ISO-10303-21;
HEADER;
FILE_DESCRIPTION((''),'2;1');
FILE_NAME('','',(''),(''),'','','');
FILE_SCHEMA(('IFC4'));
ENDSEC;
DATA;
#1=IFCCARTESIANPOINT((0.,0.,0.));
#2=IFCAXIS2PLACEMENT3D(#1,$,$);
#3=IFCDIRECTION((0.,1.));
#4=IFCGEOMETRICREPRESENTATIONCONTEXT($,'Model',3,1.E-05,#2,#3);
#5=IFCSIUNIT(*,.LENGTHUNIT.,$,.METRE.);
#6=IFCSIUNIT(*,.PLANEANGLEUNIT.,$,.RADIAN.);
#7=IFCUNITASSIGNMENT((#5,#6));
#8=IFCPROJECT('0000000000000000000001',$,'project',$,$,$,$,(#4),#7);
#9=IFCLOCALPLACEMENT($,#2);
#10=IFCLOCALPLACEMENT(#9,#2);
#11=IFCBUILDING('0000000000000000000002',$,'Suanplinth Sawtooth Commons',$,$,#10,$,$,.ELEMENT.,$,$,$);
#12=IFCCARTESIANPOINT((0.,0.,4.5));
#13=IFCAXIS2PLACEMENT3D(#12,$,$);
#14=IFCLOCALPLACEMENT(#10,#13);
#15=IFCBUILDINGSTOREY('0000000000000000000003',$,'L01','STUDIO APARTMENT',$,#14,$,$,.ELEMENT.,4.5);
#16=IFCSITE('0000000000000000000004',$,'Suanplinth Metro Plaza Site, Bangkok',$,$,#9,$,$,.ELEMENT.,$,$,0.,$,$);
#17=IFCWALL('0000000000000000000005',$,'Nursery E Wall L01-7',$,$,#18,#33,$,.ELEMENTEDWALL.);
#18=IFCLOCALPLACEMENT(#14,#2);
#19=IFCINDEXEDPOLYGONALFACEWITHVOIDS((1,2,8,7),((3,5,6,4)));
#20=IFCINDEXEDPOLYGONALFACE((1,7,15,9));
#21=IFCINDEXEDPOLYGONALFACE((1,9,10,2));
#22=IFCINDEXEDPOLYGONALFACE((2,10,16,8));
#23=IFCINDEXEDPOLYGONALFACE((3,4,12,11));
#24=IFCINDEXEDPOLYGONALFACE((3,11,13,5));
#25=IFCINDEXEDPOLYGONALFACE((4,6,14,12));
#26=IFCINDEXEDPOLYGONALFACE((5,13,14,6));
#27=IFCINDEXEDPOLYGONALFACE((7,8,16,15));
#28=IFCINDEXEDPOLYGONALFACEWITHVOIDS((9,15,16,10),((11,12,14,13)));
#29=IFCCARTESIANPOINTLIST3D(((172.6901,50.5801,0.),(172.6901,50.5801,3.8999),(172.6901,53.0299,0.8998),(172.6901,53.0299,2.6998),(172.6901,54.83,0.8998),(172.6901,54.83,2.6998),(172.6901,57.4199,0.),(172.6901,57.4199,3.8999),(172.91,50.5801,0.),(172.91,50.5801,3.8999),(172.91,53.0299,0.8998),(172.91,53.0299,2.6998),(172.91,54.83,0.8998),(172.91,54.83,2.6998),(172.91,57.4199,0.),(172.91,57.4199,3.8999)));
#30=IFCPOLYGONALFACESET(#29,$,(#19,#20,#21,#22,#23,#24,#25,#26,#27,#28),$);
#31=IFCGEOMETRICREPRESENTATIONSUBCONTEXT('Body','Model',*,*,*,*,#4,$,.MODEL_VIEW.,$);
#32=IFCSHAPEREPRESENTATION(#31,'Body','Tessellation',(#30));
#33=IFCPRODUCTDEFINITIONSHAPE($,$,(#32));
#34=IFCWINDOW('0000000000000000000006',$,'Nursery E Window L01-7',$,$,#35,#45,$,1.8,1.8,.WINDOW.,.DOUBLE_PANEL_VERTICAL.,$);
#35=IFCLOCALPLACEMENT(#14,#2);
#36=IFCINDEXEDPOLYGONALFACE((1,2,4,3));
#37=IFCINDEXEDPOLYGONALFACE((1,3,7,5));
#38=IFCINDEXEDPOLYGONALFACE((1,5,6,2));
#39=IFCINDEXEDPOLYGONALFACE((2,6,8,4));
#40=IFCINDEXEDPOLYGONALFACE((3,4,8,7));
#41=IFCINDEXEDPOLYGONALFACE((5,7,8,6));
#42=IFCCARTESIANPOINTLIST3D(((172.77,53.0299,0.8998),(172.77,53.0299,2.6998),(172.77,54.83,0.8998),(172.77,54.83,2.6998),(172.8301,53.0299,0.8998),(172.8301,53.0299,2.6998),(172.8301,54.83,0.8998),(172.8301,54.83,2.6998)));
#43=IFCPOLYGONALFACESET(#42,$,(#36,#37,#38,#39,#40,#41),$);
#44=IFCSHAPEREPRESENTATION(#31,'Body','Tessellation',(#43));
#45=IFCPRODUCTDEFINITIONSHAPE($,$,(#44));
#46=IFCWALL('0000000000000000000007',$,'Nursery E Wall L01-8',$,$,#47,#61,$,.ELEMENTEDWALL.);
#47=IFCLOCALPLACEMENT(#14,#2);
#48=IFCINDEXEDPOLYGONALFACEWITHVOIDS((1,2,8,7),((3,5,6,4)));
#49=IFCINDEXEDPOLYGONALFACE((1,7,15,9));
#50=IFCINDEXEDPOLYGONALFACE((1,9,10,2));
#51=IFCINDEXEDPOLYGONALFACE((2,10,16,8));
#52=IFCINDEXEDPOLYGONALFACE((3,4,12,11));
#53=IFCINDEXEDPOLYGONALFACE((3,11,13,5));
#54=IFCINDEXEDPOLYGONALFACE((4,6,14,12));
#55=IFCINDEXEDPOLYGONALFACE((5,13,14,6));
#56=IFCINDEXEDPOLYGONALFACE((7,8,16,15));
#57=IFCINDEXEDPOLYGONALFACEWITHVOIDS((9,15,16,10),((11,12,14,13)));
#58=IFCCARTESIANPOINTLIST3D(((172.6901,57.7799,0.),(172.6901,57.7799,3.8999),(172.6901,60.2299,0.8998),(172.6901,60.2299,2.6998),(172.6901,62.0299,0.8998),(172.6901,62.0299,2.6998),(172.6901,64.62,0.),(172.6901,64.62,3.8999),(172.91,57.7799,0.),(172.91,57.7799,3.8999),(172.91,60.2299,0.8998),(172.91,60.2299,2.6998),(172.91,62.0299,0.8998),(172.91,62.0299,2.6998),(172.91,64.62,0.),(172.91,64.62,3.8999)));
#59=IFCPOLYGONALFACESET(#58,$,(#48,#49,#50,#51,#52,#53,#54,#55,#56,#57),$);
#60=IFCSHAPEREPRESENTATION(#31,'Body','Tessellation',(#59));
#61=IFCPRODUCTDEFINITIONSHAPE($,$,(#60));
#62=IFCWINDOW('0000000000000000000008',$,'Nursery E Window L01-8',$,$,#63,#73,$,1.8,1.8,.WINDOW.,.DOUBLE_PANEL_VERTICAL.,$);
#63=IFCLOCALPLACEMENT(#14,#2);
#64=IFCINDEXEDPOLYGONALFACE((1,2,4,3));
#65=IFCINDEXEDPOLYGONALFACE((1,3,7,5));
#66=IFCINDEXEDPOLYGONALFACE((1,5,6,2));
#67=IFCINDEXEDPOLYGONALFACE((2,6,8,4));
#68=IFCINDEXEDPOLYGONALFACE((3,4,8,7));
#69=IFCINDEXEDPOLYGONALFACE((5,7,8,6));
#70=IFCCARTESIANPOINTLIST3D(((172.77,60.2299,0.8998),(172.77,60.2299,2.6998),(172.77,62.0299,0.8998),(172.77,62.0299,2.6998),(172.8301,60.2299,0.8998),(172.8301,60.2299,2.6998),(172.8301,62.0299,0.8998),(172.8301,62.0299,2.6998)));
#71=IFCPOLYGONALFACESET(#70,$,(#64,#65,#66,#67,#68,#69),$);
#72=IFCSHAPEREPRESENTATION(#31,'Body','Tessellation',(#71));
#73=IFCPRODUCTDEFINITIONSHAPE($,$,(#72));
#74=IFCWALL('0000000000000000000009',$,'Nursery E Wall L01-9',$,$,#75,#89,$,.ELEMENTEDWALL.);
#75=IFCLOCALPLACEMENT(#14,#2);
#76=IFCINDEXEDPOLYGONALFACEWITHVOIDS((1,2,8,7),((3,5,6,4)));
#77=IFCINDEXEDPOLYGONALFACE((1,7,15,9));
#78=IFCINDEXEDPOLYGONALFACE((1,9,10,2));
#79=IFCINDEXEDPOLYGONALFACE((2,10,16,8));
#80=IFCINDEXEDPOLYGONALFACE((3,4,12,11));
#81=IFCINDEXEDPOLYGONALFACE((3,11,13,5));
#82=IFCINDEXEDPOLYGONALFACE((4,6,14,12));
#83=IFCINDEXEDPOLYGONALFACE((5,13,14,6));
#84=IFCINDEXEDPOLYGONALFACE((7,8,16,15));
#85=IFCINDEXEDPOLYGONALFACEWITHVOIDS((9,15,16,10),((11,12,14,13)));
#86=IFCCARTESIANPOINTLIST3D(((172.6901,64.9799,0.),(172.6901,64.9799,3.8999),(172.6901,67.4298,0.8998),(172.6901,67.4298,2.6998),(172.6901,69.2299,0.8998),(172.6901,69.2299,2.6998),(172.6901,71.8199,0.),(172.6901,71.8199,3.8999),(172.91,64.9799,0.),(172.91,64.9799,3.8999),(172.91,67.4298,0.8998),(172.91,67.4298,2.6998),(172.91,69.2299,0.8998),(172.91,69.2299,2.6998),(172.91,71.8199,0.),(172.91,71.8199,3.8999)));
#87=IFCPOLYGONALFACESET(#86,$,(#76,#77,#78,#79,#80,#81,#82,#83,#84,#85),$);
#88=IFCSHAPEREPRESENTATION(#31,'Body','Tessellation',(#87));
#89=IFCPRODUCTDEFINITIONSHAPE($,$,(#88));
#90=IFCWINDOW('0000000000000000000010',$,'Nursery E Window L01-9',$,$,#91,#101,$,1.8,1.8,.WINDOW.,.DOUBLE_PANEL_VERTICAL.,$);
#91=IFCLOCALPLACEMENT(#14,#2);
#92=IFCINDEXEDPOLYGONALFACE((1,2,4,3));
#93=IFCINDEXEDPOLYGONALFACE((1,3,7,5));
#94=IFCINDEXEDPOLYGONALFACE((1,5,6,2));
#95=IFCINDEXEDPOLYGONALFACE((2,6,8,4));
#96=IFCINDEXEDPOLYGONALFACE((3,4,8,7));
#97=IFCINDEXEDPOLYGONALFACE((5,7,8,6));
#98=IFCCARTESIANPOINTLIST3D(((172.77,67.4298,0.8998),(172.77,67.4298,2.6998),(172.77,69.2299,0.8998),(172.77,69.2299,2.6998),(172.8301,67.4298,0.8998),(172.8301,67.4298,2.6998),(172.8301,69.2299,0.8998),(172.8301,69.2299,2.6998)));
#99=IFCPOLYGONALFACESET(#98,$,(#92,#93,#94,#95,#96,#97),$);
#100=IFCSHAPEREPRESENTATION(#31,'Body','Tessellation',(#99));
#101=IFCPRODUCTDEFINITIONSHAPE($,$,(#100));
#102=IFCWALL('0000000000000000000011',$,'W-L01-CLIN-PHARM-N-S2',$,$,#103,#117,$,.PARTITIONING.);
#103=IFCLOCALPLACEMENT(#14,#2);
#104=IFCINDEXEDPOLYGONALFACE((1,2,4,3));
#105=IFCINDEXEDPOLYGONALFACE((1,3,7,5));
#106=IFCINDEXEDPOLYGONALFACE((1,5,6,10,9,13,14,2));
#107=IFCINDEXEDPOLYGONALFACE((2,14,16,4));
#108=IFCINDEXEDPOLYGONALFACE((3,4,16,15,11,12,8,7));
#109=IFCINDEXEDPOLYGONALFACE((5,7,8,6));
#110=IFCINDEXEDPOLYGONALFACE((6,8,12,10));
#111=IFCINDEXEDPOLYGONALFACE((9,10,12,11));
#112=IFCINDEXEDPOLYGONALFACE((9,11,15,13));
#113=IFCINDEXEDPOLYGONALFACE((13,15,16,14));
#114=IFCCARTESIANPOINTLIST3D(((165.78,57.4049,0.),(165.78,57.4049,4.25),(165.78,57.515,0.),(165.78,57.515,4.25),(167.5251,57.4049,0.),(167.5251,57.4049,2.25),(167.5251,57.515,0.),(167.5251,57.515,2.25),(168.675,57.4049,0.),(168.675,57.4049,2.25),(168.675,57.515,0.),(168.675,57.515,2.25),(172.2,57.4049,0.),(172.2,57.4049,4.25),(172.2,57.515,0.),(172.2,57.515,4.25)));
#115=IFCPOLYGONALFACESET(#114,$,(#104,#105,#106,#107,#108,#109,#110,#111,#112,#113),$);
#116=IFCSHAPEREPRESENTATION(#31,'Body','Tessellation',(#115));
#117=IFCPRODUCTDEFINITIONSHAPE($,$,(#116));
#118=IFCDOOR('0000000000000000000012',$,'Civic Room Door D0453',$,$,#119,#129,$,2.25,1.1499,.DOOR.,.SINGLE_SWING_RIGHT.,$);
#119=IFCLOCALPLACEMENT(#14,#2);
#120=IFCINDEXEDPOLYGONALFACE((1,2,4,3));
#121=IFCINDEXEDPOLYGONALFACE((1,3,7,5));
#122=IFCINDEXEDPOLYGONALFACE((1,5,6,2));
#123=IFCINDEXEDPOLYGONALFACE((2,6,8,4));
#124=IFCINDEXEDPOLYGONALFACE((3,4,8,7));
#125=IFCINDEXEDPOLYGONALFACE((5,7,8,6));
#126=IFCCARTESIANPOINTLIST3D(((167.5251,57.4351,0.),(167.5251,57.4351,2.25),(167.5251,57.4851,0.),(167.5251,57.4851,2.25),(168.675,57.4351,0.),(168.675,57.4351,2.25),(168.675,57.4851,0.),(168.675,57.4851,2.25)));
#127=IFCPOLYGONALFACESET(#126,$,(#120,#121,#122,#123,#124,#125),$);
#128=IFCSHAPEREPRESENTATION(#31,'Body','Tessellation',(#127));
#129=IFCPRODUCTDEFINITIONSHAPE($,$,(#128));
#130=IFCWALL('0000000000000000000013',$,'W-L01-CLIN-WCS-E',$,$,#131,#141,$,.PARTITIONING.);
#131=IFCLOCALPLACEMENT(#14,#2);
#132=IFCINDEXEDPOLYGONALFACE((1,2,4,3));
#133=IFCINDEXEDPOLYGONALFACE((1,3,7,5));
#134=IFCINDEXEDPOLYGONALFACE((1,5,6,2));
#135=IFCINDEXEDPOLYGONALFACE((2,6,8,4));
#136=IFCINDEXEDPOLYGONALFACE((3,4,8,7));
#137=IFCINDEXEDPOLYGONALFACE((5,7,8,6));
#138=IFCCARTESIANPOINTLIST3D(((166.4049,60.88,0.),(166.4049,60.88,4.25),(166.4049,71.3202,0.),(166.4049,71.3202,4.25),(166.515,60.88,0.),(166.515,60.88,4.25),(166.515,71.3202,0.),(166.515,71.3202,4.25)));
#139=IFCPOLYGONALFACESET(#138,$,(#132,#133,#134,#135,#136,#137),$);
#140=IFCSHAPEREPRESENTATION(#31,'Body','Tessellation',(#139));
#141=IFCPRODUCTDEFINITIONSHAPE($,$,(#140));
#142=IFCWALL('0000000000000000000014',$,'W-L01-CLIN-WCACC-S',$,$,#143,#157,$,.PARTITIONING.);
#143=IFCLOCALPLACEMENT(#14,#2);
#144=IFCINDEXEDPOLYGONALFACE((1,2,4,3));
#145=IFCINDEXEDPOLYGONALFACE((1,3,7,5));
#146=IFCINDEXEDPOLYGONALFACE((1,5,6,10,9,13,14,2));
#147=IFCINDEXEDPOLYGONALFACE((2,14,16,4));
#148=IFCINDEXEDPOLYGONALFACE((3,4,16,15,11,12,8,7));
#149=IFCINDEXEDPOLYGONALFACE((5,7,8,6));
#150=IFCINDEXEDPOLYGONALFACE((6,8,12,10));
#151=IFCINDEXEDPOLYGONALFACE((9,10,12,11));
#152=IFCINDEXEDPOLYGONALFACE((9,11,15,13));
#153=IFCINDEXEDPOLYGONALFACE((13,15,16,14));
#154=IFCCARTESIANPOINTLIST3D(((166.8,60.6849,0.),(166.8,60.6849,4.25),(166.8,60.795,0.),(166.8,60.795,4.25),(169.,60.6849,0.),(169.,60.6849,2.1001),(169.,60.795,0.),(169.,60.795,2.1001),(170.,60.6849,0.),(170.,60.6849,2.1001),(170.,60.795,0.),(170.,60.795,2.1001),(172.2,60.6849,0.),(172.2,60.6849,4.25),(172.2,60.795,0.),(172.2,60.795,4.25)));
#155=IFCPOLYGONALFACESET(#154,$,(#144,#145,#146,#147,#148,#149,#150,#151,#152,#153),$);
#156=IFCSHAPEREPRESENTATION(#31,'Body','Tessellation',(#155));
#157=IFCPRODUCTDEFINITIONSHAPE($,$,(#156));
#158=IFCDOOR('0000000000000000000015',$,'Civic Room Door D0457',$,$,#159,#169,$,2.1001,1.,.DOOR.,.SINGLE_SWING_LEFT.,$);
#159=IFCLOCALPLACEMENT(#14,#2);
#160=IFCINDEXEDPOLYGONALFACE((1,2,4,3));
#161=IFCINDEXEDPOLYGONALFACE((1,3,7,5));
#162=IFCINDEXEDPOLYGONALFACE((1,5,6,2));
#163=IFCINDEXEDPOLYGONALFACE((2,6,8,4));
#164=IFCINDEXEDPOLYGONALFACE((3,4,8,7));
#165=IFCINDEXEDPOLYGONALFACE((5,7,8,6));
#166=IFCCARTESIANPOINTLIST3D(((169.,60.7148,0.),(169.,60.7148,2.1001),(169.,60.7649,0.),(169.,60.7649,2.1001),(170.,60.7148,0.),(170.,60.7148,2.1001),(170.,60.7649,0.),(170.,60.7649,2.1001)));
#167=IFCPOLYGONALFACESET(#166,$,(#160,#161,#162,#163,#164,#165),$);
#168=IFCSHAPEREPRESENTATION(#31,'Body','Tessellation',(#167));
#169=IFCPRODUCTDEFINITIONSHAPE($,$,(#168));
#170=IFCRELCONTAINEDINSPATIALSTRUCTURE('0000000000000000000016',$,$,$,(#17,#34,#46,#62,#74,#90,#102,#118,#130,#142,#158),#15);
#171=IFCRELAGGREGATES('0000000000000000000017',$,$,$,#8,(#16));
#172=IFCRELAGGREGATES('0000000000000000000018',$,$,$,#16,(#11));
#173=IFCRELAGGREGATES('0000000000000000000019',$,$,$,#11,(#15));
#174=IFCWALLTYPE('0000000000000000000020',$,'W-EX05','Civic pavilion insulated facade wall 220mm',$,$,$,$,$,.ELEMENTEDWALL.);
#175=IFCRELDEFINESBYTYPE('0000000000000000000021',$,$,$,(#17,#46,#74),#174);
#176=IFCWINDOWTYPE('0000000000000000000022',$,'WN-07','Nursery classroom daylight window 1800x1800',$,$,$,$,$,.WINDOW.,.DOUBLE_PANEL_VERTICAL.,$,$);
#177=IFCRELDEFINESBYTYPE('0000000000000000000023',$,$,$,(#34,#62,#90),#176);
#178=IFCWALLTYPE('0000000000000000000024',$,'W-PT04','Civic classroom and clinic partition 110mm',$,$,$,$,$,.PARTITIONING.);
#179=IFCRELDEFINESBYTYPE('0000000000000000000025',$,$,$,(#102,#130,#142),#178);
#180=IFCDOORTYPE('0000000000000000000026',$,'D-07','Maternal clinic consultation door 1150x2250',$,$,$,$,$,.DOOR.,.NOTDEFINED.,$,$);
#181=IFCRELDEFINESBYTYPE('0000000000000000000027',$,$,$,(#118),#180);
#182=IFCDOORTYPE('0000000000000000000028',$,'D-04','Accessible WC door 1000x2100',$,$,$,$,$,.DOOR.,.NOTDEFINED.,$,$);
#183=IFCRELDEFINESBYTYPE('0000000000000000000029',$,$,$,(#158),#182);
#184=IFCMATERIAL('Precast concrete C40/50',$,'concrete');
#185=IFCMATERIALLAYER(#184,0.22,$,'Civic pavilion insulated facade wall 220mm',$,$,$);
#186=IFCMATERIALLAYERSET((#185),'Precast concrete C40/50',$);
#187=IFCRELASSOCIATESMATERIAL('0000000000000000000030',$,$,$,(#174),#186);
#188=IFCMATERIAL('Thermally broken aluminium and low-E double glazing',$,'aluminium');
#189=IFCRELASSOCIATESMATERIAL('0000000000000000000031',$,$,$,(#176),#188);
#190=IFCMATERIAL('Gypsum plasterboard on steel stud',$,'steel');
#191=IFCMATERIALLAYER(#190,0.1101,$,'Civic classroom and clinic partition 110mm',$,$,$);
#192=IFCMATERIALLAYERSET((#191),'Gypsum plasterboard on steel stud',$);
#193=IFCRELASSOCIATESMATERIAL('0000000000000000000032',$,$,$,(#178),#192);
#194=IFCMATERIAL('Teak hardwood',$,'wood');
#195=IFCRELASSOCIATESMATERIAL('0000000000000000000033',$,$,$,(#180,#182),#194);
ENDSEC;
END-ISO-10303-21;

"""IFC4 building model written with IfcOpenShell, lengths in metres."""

from ifc_helpers import new_model, si_unit, direction, frame, frame_2d, origin, place, context, subcontext, project, spatial, rectangle, extrude, material, layer, layer_set, type_object, element, fill, save


model = new_model("IFC4")

# Units and contexts
model_context = context("Model", 3, precision=1e-05, world=origin(), true_north=direction((0.0, 1.0)))
body_context = subcontext(model_context, "Body", "Model", "MODEL_VIEW")
ifc_project = project(units=[si_unit("LENGTHUNIT", "METRE"), si_unit("PLANEANGLEUNIT", "RADIAN")], contexts=[model_context])

# Site, building, storey
site_placement = place(None, origin())
site = spatial("IfcSite", under=ifc_project, at=site_placement, Name="Suanplinth Metro Plaza Site, Bangkok", CompositionType="ELEMENT", RefElevation=0.0)
building_placement = place(site_placement, origin())
building = spatial("IfcBuilding", under=site, at=building_placement, Name="Suanplinth Sawtooth Commons", CompositionType="ELEMENT")
storey_placement = place(building_placement, frame((0.0, 0.0, 4.5)))
storey = spatial("IfcBuildingStorey", under=building, at=storey_placement, Name="L01", Description="STUDIO APARTMENT", CompositionType="ELEMENT", Elevation=4.5)

# Shared definitions
ifc_material_1 = material(Name="Precast concrete C40/50", Category="concrete")

# Walls, openings, windows
ifc_layer_1 = layer(ifc_material_1, 0.22, Name="Civic pavilion insulated facade wall 220mm")
ifc_layer_set_1 = layer_set([ifc_layer_1], Name="Precast concrete C40/50")
wall_type_1 = type_object("IfcWallType", Name="W-EX05", Description="Civic pavilion insulated facade wall 220mm", PredefinedType="ELEMENTEDWALL", material=ifc_layer_set_1)
ifc_material_2 = material(Name="Thermally broken aluminium and low-E double glazing", Category="aluminium")
wall_1_placement = place(storey_placement, frame((172.8, 50.5801, 0.0), z_axis=(0.0, 0.0, 1.0), x_axis=(0.0, 1.0, 0.0)))
wall_1 = element("IfcWall", 1, at=wall_1_placement, inside=storey, type_object=wall_type_1, Name="Nursery E Wall L01-7", PredefinedType="ELEMENTEDWALL", context=body_context, shape_type="SweptSolid", body=[
    extrude(rectangle(XDim=6.8398, YDim=0.22, at=frame_2d((3.4199, 0.0))), origin(), (0.0, 0.0, 1.0), 3.8999),
])
opening_1_placement = place(wall_1_placement, frame((2.45, 0.0, 0.8999)))
opening_1 = element("IfcOpeningElement", 2, at=opening_1_placement, cuts=wall_1, PredefinedType="OPENING", context=body_context, shape_type="SweptSolid", body=[
    extrude(rectangle(XDim=1.8, YDim=1.8, at=frame_2d((0.8999, 0.8999))), frame((0.0, 0.125, 0.0), z_axis=(0.0, -1.0, 0.0), x_axis=(1.0, 0.0, 0.0)), (0.0, 0.0, 1.0), 0.2498),
])
window_type_1 = type_object("IfcWindowType", Name="WN-07", Description="Nursery classroom daylight window 1800x1800", PartitioningType="DOUBLE_PANEL_VERTICAL", PredefinedType="WINDOW", material=ifc_material_2)
window_1_placement = place(opening_1_placement, origin())
window_1 = element("IfcWindow", 3, at=window_1_placement, inside=storey, type_object=window_type_1, Name="Nursery E Window L01-7", OverallHeight=1.8, OverallWidth=1.8, PartitioningType="DOUBLE_PANEL_VERTICAL", PredefinedType="WINDOW", context=body_context, shape_type="SweptSolid", body=[
    extrude(rectangle(XDim=1.8, YDim=1.8, at=frame_2d((0.8999, 0.8999))), frame((0.0, 0.03, 0.0), z_axis=(0.0, -1.0, 0.0), x_axis=(1.0, 0.0, 0.0)), (0.0, 0.0, 1.0), 0.0601),
])
fill(opening_1, window_1)
wall_2_placement = place(storey_placement, frame((172.8, 57.78, 0.0), z_axis=(0.0, 0.0, 1.0), x_axis=(0.0, 1.0, 0.0)))
wall_2 = element("IfcWall", 4, at=wall_2_placement, inside=storey, type_object=wall_type_1, Name="Nursery E Wall L01-8", PredefinedType="ELEMENTEDWALL", context=body_context, shape_type="SweptSolid", body=[
    extrude(rectangle(XDim=6.8401, YDim=0.22, at=frame_2d((3.4199, 0.0))), origin(), (0.0, 0.0, 1.0), 3.8999),
])
opening_2_placement = place(wall_2_placement, frame((2.45, 0.0, 0.8999)))
opening_2 = element("IfcOpeningElement", 5, at=opening_2_placement, cuts=wall_2, PredefinedType="OPENING", context=body_context, shape_type="SweptSolid", body=[
    extrude(rectangle(XDim=1.8, YDim=1.8, at=frame_2d((0.8999, 0.8999))), frame((0.0, 0.125, 0.0), z_axis=(0.0, -1.0, 0.0), x_axis=(1.0, 0.0, 0.0)), (0.0, 0.0, 1.0), 0.2498),
])
window_2_placement = place(opening_2_placement, origin())
window_2 = element("IfcWindow", 6, at=window_2_placement, inside=storey, type_object=window_type_1, Name="Nursery E Window L01-8", OverallHeight=1.8, OverallWidth=1.8, PartitioningType="DOUBLE_PANEL_VERTICAL", PredefinedType="WINDOW", context=body_context, shape_type="SweptSolid", body=[
    extrude(rectangle(XDim=1.8, YDim=1.8, at=frame_2d((0.8999, 0.8999))), frame((0.0, 0.03, 0.0), z_axis=(0.0, -1.0, 0.0), x_axis=(1.0, 0.0, 0.0)), (0.0, 0.0, 1.0), 0.0601),
])
fill(opening_2, window_2)
wall_3_placement = place(storey_placement, frame((172.8, 64.98, 0.0), z_axis=(0.0, 0.0, 1.0), x_axis=(0.0, 1.0, 0.0)))
wall_3 = element("IfcWall", 7, at=wall_3_placement, inside=storey, type_object=wall_type_1, Name="Nursery E Wall L01-9", PredefinedType="ELEMENTEDWALL", context=body_context, shape_type="SweptSolid", body=[
    extrude(rectangle(XDim=6.8401, YDim=0.22, at=frame_2d((3.4199, 0.0))), origin(), (0.0, 0.0, 1.0), 3.8999),
])
opening_3_placement = place(wall_3_placement, frame((2.45, 0.0, 0.8999)))
opening_3 = element("IfcOpeningElement", 8, at=opening_3_placement, cuts=wall_3, PredefinedType="OPENING", context=body_context, shape_type="SweptSolid", body=[
    extrude(rectangle(XDim=1.8, YDim=1.8, at=frame_2d((0.8999, 0.8999))), frame((0.0, 0.125, 0.0), z_axis=(0.0, -1.0, 0.0), x_axis=(1.0, 0.0, 0.0)), (0.0, 0.0, 1.0), 0.2498),
])
window_3_placement = place(opening_3_placement, origin())
window_3 = element("IfcWindow", 9, at=window_3_placement, inside=storey, type_object=window_type_1, Name="Nursery E Window L01-9", OverallHeight=1.8, OverallWidth=1.8, PartitioningType="DOUBLE_PANEL_VERTICAL", PredefinedType="WINDOW", context=body_context, shape_type="SweptSolid", body=[
    extrude(rectangle(XDim=1.8, YDim=1.8, at=frame_2d((0.8999, 0.8999))), frame((0.0, 0.03, 0.0), z_axis=(0.0, -1.0, 0.0), x_axis=(1.0, 0.0, 0.0)), (0.0, 0.0, 1.0), 0.0601),
])
fill(opening_3, window_3)

# Wall, opening, door
ifc_material_3 = material(Name="Gypsum plasterboard on steel stud", Category="steel")
ifc_layer_2 = layer(ifc_material_3, 0.1101, Name="Civic classroom and clinic partition 110mm")
ifc_layer_set_2 = layer_set([ifc_layer_2], Name="Gypsum plasterboard on steel stud")
wall_type_2 = type_object("IfcWallType", Name="W-PT04", Description="Civic classroom and clinic partition 110mm", PredefinedType="PARTITIONING", material=ifc_layer_set_2)
wall_4_placement = place(storey_placement, frame((165.78, 57.46, 0.0), z_axis=(0.0, 0.0, 1.0), x_axis=(1.0, 0.0, 0.0)))
wall_4 = element("IfcWall", 10, at=wall_4_placement, inside=storey, type_object=wall_type_2, Name="W-L01-CLIN-PHARM-N-S2", PredefinedType="PARTITIONING", context=body_context, shape_type="SweptSolid", body=[
    extrude(rectangle(XDim=6.4199, YDim=0.1101, at=frame_2d((3.21, 0.0))), origin(), (0.0, 0.0, 1.0), 4.25),
])
opening_4_placement = place(wall_4_placement, frame((1.7451, 0.0, 0.0)))
opening_4 = element("IfcOpeningElement", 11, at=opening_4_placement, cuts=wall_4, PredefinedType="OPENING", context=body_context, shape_type="SweptSolid", body=[
    extrude(rectangle(XDim=1.1499, YDim=2.25, at=frame_2d((0.575, 1.125))), frame((0.0, 0.0698, 0.0), z_axis=(0.0, -1.0, 0.0), x_axis=(1.0, 0.0, 0.0)), (0.0, 0.0, 1.0), 0.1399),
])
ifc_material_4 = material(Name="Teak hardwood", Category="wood")
door_type_1 = type_object("IfcDoorType", Name="D-07", Description="Maternal clinic consultation door 1150x2250", OperationType="NOTDEFINED", PredefinedType="DOOR", material=ifc_material_4)
door_1_placement = place(opening_4_placement, frame((1.1499, 0.0, 0.0), z_axis=(0.0, 0.0, 1.0), x_axis=(-1.0, 0.0, 0.0)))
door_1 = element("IfcDoor", 12, at=door_1_placement, inside=storey, type_object=door_type_1, Name="Civic Room Door D0453", OperationType="SINGLE_SWING_RIGHT", OverallHeight=2.25, OverallWidth=1.1499, PredefinedType="DOOR", context=body_context, shape_type="SweptSolid", body=[
    extrude(rectangle(XDim=1.1499, YDim=2.25, at=frame_2d((0.575, 1.125))), frame((0.0, 0.0249, 0.0), z_axis=(0.0, -1.0, 0.0), x_axis=(1.0, 0.0, 0.0)), (0.0, 0.0, 1.0), 0.05),
])
fill(opening_4, door_1)

# Wall
wall_5_placement = place(storey_placement, frame((166.46, 60.8799, 0.0), z_axis=(0.0, 0.0, 1.0), x_axis=(0.0, 1.0, 0.0)))
element("IfcWall", 13, at=wall_5_placement, inside=storey, type_object=wall_type_2, Name="W-L01-CLIN-WCS-E", PredefinedType="PARTITIONING", context=body_context, shape_type="SweptSolid", body=[
    extrude(rectangle(XDim=10.4402, YDim=0.1101, at=frame_2d((5.2202, 0.0))), origin(), (0.0, 0.0, 1.0), 4.25),
])

# Wall, opening, door
wall_6_placement = place(storey_placement, frame((166.8, 60.74, 0.0), z_axis=(0.0, 0.0, 1.0), x_axis=(1.0, 0.0, 0.0)))
wall_6 = element("IfcWall", 14, at=wall_6_placement, inside=storey, type_object=wall_type_2, Name="W-L01-CLIN-WCACC-S", PredefinedType="PARTITIONING", context=body_context, shape_type="SweptSolid", body=[
    extrude(rectangle(XDim=5.3999, YDim=0.1101, at=frame_2d((2.7, 0.0))), origin(), (0.0, 0.0, 1.0), 4.25),
])
opening_5_placement = place(wall_6_placement, frame((2.2, 0.0, 0.0)))
opening_5 = element("IfcOpeningElement", 15, at=opening_5_placement, cuts=wall_6, PredefinedType="OPENING", context=body_context, shape_type="SweptSolid", body=[
    extrude(rectangle(XDim=1.0, YDim=2.1001, at=frame_2d((0.5, 1.05))), frame((0.0, 0.0698, 0.0), z_axis=(0.0, -1.0, 0.0), x_axis=(1.0, 0.0, 0.0)), (0.0, 0.0, 1.0), 0.1399),
])
door_type_2 = type_object("IfcDoorType", Name="D-04", Description="Accessible WC door 1000x2100", OperationType="NOTDEFINED", PredefinedType="DOOR", material=ifc_material_4)
door_2_placement = place(opening_5_placement, origin())
door_2 = element("IfcDoor", 16, at=door_2_placement, inside=storey, type_object=door_type_2, Name="Civic Room Door D0457", OperationType="SINGLE_SWING_LEFT", OverallHeight=2.1001, OverallWidth=1.0, PredefinedType="DOOR", context=body_context, shape_type="SweptSolid", body=[
    extrude(rectangle(XDim=1.0, YDim=2.1001, at=frame_2d((0.5, 1.05))), frame((0.0, 0.0249, 0.0), z_axis=(0.0, -1.0, 0.0), x_axis=(1.0, 0.0, 0.0)), (0.0, 0.0, 1.0), 0.05),
])
fill(opening_5, door_2)

save(model, "model.ifc")
